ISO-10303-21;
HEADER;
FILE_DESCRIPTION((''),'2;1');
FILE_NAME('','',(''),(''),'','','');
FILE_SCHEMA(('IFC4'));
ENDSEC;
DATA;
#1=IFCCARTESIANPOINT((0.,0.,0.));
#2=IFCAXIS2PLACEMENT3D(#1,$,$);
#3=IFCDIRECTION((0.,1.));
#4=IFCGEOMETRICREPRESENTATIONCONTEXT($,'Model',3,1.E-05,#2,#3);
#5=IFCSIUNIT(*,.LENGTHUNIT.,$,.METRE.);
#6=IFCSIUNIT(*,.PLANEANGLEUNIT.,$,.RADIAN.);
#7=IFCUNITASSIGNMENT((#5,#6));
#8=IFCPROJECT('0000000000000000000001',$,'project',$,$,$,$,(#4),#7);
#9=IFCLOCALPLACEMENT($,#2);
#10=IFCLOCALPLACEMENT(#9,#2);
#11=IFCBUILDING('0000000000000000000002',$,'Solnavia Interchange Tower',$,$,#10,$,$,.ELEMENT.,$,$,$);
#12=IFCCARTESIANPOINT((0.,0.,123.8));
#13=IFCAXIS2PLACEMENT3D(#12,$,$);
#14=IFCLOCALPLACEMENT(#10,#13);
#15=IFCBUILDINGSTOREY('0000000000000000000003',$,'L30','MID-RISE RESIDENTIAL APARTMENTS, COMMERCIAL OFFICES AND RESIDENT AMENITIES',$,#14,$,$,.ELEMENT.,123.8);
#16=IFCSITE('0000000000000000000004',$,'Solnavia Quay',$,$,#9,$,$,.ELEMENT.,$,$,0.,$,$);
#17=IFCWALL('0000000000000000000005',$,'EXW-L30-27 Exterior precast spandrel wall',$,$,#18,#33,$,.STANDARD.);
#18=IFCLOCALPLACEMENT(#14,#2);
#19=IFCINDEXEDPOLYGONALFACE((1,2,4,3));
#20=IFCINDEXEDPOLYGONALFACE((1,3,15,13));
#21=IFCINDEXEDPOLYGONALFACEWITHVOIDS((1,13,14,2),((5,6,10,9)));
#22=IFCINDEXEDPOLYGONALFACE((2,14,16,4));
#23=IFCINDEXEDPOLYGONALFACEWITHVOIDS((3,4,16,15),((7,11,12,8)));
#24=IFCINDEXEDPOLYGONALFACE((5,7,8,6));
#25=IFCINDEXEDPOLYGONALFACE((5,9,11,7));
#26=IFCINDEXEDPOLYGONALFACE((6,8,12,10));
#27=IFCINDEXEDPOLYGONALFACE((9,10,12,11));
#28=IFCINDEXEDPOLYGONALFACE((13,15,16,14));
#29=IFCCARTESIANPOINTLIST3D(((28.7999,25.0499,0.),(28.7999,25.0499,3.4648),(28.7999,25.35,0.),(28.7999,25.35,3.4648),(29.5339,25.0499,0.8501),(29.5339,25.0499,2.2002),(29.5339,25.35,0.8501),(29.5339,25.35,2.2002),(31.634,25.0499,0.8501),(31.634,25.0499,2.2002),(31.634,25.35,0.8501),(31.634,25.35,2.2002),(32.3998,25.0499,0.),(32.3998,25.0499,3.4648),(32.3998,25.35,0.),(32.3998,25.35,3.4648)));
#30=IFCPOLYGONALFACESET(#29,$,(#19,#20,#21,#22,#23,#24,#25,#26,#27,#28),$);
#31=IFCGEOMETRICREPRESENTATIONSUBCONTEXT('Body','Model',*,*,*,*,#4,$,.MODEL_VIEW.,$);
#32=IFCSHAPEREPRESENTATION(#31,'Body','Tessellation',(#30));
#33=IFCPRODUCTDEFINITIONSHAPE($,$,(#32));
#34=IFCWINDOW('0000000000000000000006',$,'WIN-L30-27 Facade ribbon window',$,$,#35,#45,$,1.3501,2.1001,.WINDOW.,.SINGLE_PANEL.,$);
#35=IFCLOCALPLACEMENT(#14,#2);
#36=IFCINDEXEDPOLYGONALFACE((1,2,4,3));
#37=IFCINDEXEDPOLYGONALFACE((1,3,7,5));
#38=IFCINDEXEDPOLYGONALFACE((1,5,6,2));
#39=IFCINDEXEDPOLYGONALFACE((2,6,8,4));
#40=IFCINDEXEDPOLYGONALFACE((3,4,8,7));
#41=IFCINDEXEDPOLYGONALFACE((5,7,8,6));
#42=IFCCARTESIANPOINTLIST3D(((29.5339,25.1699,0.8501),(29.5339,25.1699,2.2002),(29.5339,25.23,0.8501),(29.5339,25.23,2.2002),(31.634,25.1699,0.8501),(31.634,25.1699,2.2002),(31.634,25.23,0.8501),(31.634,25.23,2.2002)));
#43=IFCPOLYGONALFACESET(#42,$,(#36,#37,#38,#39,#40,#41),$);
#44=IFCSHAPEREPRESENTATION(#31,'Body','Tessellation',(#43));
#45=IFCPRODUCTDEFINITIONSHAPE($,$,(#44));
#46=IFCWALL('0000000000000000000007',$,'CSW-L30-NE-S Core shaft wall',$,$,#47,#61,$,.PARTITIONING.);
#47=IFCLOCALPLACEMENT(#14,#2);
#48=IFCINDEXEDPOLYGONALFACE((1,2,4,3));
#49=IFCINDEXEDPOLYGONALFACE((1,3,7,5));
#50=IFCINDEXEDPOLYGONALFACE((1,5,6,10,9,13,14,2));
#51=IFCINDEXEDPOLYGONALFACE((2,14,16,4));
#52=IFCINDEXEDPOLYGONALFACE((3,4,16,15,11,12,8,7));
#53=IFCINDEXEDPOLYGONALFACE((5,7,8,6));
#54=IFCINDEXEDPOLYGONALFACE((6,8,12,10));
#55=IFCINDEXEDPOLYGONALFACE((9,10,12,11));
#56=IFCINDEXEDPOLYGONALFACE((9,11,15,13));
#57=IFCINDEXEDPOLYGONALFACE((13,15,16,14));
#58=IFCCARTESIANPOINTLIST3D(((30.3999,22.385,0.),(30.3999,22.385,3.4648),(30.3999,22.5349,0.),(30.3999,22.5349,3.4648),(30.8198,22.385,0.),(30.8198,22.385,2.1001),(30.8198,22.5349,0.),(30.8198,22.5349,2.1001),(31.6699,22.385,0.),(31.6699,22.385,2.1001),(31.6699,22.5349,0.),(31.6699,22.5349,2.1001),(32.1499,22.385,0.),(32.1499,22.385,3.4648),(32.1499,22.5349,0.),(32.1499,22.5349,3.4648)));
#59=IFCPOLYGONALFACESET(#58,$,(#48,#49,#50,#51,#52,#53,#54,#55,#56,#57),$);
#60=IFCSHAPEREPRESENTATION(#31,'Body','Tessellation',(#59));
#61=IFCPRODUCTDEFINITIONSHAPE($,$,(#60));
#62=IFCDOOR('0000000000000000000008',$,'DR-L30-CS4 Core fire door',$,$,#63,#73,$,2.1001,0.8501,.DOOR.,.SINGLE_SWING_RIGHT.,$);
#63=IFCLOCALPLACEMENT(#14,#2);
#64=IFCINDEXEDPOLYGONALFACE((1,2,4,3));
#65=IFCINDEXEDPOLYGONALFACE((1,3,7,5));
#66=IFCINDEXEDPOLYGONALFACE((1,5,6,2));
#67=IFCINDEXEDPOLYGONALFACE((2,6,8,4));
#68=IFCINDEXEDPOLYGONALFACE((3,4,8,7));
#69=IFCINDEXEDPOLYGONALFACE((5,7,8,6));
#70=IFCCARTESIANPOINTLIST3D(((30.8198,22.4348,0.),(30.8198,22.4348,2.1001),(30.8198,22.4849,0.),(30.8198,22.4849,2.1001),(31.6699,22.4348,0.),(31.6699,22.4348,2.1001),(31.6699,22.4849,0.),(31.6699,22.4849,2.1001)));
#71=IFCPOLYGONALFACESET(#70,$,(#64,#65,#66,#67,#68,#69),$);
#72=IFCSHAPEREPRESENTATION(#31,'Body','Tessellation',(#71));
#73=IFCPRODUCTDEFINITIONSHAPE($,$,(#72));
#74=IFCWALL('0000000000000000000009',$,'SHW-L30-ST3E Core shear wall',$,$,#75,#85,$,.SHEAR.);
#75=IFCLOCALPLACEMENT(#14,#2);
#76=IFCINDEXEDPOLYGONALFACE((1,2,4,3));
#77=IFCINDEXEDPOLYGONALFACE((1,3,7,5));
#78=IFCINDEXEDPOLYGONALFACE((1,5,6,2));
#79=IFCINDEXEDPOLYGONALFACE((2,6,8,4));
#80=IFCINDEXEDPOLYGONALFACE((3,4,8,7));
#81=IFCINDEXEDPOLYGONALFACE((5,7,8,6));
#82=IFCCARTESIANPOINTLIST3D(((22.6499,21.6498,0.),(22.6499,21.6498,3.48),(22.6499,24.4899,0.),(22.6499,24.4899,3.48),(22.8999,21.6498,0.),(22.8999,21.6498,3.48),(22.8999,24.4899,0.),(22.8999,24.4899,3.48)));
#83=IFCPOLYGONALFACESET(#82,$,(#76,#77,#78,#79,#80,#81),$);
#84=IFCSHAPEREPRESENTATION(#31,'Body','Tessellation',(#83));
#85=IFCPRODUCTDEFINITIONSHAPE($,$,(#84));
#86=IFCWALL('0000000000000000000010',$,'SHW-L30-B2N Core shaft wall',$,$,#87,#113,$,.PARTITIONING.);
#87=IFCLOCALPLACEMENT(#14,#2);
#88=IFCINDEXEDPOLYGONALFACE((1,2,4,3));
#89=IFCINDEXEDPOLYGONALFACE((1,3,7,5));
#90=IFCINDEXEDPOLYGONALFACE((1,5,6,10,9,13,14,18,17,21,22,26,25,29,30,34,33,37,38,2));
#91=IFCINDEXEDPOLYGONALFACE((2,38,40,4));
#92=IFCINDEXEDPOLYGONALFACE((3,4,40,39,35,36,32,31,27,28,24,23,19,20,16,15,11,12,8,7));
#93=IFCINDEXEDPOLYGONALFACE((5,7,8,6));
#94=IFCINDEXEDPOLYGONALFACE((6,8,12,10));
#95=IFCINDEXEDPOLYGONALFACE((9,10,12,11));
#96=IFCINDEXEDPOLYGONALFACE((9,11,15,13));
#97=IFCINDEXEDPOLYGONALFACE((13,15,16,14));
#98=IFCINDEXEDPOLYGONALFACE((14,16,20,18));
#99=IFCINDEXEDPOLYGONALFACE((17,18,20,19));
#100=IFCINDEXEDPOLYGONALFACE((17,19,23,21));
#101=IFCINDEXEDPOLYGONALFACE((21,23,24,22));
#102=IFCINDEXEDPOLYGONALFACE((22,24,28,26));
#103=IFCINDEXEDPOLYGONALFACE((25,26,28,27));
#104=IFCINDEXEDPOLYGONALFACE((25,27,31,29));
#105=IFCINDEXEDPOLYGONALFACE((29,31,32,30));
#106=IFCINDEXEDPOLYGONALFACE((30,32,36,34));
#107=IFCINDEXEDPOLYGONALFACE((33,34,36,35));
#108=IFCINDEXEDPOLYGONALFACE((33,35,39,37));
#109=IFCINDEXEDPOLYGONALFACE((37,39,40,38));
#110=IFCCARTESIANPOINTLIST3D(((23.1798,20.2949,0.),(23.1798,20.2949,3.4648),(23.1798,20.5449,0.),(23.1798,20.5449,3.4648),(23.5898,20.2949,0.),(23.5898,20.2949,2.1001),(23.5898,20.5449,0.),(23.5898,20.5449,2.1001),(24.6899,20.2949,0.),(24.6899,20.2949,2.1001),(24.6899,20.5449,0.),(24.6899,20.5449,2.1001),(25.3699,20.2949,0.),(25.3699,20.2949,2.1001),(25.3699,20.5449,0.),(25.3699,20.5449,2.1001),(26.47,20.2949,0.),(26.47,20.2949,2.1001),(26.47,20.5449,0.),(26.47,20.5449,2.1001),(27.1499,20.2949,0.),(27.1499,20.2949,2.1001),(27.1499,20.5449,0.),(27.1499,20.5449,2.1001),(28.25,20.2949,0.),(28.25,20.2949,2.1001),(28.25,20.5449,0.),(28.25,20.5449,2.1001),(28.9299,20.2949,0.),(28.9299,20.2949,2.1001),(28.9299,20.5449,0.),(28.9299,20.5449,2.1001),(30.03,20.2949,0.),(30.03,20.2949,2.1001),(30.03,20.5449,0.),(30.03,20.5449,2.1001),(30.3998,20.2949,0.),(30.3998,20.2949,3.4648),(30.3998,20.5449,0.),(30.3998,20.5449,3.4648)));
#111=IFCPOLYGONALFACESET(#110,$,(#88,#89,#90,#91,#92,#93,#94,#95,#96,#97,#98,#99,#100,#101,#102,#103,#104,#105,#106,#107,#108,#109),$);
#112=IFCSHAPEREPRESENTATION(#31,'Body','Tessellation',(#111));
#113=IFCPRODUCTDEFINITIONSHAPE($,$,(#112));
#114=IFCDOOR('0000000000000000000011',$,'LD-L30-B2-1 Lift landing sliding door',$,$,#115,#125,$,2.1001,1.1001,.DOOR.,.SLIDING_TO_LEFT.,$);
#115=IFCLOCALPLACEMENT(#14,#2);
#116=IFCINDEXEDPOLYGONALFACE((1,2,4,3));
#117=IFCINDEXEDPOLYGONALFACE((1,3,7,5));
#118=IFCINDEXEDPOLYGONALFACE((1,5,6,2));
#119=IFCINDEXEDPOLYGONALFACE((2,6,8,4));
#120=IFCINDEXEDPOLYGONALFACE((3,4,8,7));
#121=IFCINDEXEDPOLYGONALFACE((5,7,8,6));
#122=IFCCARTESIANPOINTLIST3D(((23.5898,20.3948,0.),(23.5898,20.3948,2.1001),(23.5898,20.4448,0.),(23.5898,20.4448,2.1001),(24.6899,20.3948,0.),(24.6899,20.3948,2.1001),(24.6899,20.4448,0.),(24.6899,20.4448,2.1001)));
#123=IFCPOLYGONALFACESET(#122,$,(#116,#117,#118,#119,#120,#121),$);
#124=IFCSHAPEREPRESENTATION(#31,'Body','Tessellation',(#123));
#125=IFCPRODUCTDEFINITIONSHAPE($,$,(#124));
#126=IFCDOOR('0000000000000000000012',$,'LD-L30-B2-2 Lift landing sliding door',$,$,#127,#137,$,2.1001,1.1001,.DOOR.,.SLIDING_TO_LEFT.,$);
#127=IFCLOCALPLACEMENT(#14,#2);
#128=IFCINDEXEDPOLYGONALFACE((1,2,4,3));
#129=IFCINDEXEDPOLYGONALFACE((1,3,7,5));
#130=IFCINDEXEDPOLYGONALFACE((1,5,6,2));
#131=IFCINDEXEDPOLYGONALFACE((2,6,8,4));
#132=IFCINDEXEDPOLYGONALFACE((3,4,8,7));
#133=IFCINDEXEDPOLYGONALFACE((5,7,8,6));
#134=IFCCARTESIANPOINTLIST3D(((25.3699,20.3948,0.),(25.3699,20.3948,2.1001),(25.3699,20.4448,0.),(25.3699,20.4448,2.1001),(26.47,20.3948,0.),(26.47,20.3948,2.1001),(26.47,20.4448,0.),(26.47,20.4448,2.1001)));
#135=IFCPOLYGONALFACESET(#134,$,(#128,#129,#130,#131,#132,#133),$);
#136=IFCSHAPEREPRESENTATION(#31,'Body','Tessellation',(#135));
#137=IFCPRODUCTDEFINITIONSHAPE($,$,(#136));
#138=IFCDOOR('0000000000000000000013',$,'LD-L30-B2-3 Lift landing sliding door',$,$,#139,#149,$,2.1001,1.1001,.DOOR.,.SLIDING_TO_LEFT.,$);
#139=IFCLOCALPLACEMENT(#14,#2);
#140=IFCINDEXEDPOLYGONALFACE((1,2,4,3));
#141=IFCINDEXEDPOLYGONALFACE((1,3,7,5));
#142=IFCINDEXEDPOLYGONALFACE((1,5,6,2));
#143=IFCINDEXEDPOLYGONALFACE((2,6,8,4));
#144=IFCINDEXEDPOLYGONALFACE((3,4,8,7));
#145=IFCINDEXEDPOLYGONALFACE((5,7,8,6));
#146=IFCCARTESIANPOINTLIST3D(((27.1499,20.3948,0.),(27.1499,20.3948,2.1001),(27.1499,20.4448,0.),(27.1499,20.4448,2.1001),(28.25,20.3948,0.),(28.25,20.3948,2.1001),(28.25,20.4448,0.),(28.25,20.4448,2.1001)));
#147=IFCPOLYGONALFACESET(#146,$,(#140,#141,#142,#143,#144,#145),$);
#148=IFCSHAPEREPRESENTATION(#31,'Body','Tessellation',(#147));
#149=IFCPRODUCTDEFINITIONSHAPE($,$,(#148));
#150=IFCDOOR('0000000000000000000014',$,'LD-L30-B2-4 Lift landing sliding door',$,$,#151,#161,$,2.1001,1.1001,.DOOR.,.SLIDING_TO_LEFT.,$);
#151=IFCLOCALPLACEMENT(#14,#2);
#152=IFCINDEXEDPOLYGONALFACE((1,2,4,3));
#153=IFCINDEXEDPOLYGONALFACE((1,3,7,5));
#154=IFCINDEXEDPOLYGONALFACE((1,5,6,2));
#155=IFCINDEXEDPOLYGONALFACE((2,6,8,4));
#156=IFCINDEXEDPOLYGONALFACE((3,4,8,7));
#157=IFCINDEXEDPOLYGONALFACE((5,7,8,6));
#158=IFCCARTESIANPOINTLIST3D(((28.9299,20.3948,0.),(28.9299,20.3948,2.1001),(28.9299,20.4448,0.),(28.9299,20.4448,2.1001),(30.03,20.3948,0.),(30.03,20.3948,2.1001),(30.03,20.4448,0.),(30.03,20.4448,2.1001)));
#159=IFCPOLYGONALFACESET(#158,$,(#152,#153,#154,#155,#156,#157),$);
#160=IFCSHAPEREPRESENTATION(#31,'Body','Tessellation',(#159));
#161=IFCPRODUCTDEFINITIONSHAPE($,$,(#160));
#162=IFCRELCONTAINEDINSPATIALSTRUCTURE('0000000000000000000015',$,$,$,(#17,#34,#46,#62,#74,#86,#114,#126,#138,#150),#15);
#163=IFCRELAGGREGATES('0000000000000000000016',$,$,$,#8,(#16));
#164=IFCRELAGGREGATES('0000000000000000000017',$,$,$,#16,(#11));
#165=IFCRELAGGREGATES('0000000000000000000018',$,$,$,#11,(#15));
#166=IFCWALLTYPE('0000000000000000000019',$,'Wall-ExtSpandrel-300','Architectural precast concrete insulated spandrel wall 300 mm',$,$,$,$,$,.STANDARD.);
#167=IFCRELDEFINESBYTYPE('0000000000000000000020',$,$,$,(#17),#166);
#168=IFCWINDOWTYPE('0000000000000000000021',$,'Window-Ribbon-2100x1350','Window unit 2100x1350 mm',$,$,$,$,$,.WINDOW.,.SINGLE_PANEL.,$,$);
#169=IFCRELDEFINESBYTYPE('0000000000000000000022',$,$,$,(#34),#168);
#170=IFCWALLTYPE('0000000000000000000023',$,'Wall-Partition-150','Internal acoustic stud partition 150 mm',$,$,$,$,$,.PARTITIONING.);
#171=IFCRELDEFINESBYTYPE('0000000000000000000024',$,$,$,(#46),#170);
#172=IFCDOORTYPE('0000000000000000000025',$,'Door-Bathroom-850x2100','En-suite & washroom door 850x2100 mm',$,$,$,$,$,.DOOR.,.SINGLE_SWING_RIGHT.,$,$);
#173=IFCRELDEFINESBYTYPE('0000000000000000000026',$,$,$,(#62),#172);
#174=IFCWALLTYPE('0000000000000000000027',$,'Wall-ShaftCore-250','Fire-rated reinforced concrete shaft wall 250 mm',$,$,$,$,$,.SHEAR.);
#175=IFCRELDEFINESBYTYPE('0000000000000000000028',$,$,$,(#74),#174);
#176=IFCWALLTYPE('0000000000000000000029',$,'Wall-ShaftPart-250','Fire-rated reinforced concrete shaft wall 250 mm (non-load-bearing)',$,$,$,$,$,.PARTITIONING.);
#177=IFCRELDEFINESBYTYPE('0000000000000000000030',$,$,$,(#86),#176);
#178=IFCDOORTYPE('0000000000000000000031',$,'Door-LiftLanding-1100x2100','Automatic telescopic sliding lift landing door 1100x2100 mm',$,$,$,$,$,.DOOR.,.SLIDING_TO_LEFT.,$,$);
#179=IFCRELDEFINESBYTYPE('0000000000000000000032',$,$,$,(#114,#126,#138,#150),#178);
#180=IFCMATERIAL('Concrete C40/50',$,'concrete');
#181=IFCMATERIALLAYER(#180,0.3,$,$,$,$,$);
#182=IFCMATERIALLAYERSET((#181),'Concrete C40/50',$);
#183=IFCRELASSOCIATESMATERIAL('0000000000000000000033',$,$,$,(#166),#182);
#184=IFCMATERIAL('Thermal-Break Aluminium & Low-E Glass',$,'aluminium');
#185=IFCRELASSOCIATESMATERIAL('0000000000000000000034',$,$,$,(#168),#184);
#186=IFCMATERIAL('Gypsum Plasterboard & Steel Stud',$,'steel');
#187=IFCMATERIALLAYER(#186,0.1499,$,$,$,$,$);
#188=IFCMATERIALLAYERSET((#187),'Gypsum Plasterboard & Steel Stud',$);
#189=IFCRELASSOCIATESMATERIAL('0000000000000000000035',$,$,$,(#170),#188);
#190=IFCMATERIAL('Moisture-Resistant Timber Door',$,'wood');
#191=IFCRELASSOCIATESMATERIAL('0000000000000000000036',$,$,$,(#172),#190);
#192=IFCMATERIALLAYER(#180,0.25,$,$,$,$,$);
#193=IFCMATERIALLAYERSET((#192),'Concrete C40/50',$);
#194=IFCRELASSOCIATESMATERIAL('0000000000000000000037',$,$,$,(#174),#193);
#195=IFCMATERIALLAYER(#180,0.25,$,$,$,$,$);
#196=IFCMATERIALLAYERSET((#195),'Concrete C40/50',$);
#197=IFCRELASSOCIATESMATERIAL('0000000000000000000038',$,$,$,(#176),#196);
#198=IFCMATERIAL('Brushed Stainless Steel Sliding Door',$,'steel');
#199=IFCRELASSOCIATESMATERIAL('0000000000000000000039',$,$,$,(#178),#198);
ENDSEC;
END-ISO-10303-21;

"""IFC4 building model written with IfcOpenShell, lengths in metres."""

from ifc_helpers import new_model, si_unit, direction, frame, frame_2d, origin, place, context, subcontext, project, spatial, rectangle, extrude, material, layer, layer_set, type_object, element, fill, save


model = new_model("IFC4")

# Units and contexts
model_context = context("Model", 3, precision=1e-05, world=origin(), true_north=direction((0.0, 1.0)))
body_context = subcontext(model_context, "Body", "Model", "MODEL_VIEW")
ifc_project = project(units=[si_unit("LENGTHUNIT", "METRE"), si_unit("PLANEANGLEUNIT", "RADIAN")], contexts=[model_context])

# Site, building, storey
site_placement = place(None, origin())
site = spatial("IfcSite", under=ifc_project, at=site_placement, Name="Solnavia Quay", CompositionType="ELEMENT", RefElevation=0.0)
building_placement = place(site_placement, origin())
building = spatial("IfcBuilding", under=site, at=building_placement, Name="Solnavia Interchange Tower", CompositionType="ELEMENT")
storey_placement = place(building_placement, frame((0.0, 0.0, 123.8)))
storey = spatial("IfcBuildingStorey", under=building, at=storey_placement, Name="L30", Description="MID-RISE RESIDENTIAL APARTMENTS, COMMERCIAL OFFICES AND RESIDENT AMENITIES", CompositionType="ELEMENT", Elevation=123.8)

# Shared definitions
ifc_material_1 = material(Name="Concrete C40/50", Category="concrete")
ifc_layer_1 = layer(ifc_material_1, 0.3)
ifc_layer_set_1 = layer_set([ifc_layer_1], Name="Concrete C40/50")
wall_type_1 = type_object("IfcWallType", Name="Wall-ExtSpandrel-300", Description="Architectural precast concrete insulated spandrel wall 300 mm", PredefinedType="STANDARD", material=ifc_layer_set_1)

# Wall, opening, window
wall_1_placement = place(storey_placement, frame((28.8, 25.2, 0.0), z_axis=(0.0, 0.0, 1.0), x_axis=(1.0, 0.0, 0.0)))
wall_1 = element("IfcWall", 1, at=wall_1_placement, inside=storey, type_object=wall_type_1, Name="EXW-L30-27 Exterior precast spandrel wall", PredefinedType="STANDARD", context=body_context, shape_type="SweptSolid", body=[
    extrude(rectangle(XDim=3.5999, YDim=0.3, at=frame_2d((1.7998, 0.0))), origin(), (0.0, 0.0, 1.0), 3.4648),
])
opening_1_placement = place(wall_1_placement, frame((0.7339, 0.0, 0.8501)))
opening_1 = element("IfcOpeningElement", 2, at=opening_1_placement, cuts=wall_1, PredefinedType="OPENING", context=body_context, shape_type="SweptSolid", body=[
    extrude(rectangle(XDim=2.1001, YDim=1.3501, at=frame_2d((1.05, 0.675))), frame((0.0, 0.1602, 0.0), z_axis=(0.0, -1.0, 0.0), x_axis=(1.0, 0.0, 0.0)), (0.0, 0.0, 1.0), 0.3201),
])
ifc_material_2 = material(Name="Thermal-Break Aluminium & Low-E Glass", Category="aluminium")
window_type = type_object("IfcWindowType", Name="Window-Ribbon-2100x1350", Description="Window unit 2100x1350 mm", PartitioningType="SINGLE_PANEL", PredefinedType="WINDOW", material=ifc_material_2)
window_placement = place(opening_1_placement, origin())
window = element("IfcWindow", 3, at=window_placement, inside=storey, type_object=window_type, Name="WIN-L30-27 Facade ribbon window", OverallHeight=1.3501, OverallWidth=2.1001, PartitioningType="SINGLE_PANEL", PredefinedType="WINDOW", context=body_context, shape_type="SweptSolid", body=[
    extrude(rectangle(XDim=2.1001, YDim=1.3501, at=frame_2d((1.05, 0.675))), frame((0.0, 0.03, 0.0), z_axis=(0.0, -1.0, 0.0), x_axis=(1.0, 0.0, 0.0)), (0.0, 0.0, 1.0), 0.0601),
])
fill(opening_1, window)

# Wall, opening, door
ifc_material_3 = material(Name="Gypsum Plasterboard & Steel Stud", Category="steel")
ifc_layer_2 = layer(ifc_material_3, 0.1499)
ifc_layer_set_2 = layer_set([ifc_layer_2], Name="Gypsum Plasterboard & Steel Stud")
wall_type_2 = type_object("IfcWallType", Name="Wall-Partition-150", Description="Internal acoustic stud partition 150 mm", PredefinedType="PARTITIONING", material=ifc_layer_set_2)
wall_2_placement = place(storey_placement, frame((30.3999, 22.46, 0.0), z_axis=(0.0, 0.0, 1.0), x_axis=(1.0, 0.0, 0.0)))
wall_2 = element("IfcWall", 4, at=wall_2_placement, inside=storey, type_object=wall_type_2, Name="CSW-L30-NE-S Core shaft wall", PredefinedType="PARTITIONING", context=body_context, shape_type="SweptSolid", body=[
    extrude(rectangle(XDim=1.75, YDim=0.1499, at=frame_2d((0.875, 0.0))), origin(), (0.0, 0.0, 1.0), 3.4648),
])
opening_2_placement = place(wall_2_placement, frame((0.4199, 0.0, 0.0)))
opening_2 = element("IfcOpeningElement", 5, at=opening_2_placement, cuts=wall_2, PredefinedType="OPENING", context=body_context, shape_type="SweptSolid", body=[
    extrude(rectangle(XDim=0.8501, YDim=2.1001, at=frame_2d((0.425, 1.05))), frame((0.0, 0.085, 0.0), z_axis=(0.0, -1.0, 0.0), x_axis=(1.0, 0.0, 0.0)), (0.0, 0.0, 1.0), 0.1699),
])
ifc_material_4 = material(Name="Moisture-Resistant Timber Door", Category="wood")
door_type_1 = type_object("IfcDoorType", Name="Door-Bathroom-850x2100", Description="En-suite & washroom door 850x2100 mm", OperationType="SINGLE_SWING_RIGHT", PredefinedType="DOOR", material=ifc_material_4)
door_1_placement = place(opening_2_placement, origin())
door_1 = element("IfcDoor", 6, at=door_1_placement, inside=storey, type_object=door_type_1, Name="DR-L30-CS4 Core fire door", OperationType="SINGLE_SWING_RIGHT", OverallHeight=2.1001, OverallWidth=0.8501, PredefinedType="DOOR", context=body_context, shape_type="SweptSolid", body=[
    extrude(rectangle(XDim=0.8501, YDim=2.1001, at=frame_2d((0.425, 1.05))), frame((0.0, 0.0249, 0.0), z_axis=(0.0, -1.0, 0.0), x_axis=(1.0, 0.0, 0.0)), (0.0, 0.0, 1.0), 0.05),
])
fill(opening_2, door_1)

# Wall
ifc_layer_3 = layer(ifc_material_1, 0.25)
ifc_layer_set_3 = layer_set([ifc_layer_3], Name="Concrete C40/50")
wall_type_3 = type_object("IfcWallType", Name="Wall-ShaftCore-250", Description="Fire-rated reinforced concrete shaft wall 250 mm", PredefinedType="SHEAR", material=ifc_layer_set_3)
wall_3_placement = place(storey_placement, frame((22.7749, 21.6499, 0.0), z_axis=(0.0, 0.0, 1.0), x_axis=(0.0, 1.0, 0.0)))
element("IfcWall", 7, at=wall_3_placement, inside=storey, type_object=wall_type_3, Name="SHW-L30-ST3E Core shear wall", PredefinedType="SHEAR", context=body_context, shape_type="SweptSolid", body=[
    extrude(rectangle(XDim=2.8401, YDim=0.25, at=frame_2d((1.4199, 0.0))), origin(), (0.0, 0.0, 1.0), 3.48),
])

# Wall, openings, doors
ifc_layer_4 = layer(ifc_material_1, 0.25)
ifc_layer_set_4 = layer_set([ifc_layer_4], Name="Concrete C40/50")
wall_type_4 = type_object("IfcWallType", Name="Wall-ShaftPart-250", Description="Fire-rated reinforced concrete shaft wall 250 mm (non-load-bearing)", PredefinedType="PARTITIONING", material=ifc_layer_set_4)
wall_4_placement = place(storey_placement, frame((23.1799, 20.4199, 0.0), z_axis=(0.0, 0.0, 1.0), x_axis=(1.0, 0.0, 0.0)))
wall_4 = element("IfcWall", 8, at=wall_4_placement, inside=storey, type_object=wall_type_4, Name="SHW-L30-B2N Core shaft wall", PredefinedType="PARTITIONING", context=body_context, shape_type="SweptSolid", body=[
    extrude(rectangle(XDim=7.22, YDim=0.25, at=frame_2d((3.6099, 0.0))), origin(), (0.0, 0.0, 1.0), 3.4648),
])
opening_3_placement = place(wall_4_placement, frame((0.4099, 0.0, 0.0)))
opening_3 = element("IfcOpeningElement", 9, at=opening_3_placement, cuts=wall_4, PredefinedType="OPENING", context=body_context, shape_type="SweptSolid", body=[
    extrude(rectangle(XDim=1.1001, YDim=2.1001, at=frame_2d((0.55, 1.05))), frame((0.0, 0.135, 0.0), z_axis=(0.0, -1.0, 0.0), x_axis=(1.0, 0.0, 0.0)), (0.0, 0.0, 1.0), 0.27),
])
opening_4_placement = place(wall_4_placement, frame((2.1899, 0.0, 0.0)))
opening_4 = element("IfcOpeningElement", 10, at=opening_4_placement, cuts=wall_4, PredefinedType="OPENING", context=body_context, shape_type="SweptSolid", body=[
    extrude(rectangle(XDim=1.1001, YDim=2.1001, at=frame_2d((0.55, 1.05))), frame((0.0, 0.135, 0.0), z_axis=(0.0, -1.0, 0.0), x_axis=(1.0, 0.0, 0.0)), (0.0, 0.0, 1.0), 0.27),
])
opening_5_placement = place(wall_4_placement, frame((3.97, 0.0, 0.0)))
opening_5 = element("IfcOpeningElement", 11, at=opening_5_placement, cuts=wall_4, PredefinedType="OPENING", context=body_context, shape_type="SweptSolid", body=[
    extrude(rectangle(XDim=1.1001, YDim=2.1001, at=frame_2d((0.55, 1.05))), frame((0.0, 0.135, 0.0), z_axis=(0.0, -1.0, 0.0), x_axis=(1.0, 0.0, 0.0)), (0.0, 0.0, 1.0), 0.27),
])
opening_6_placement = place(wall_4_placement, frame((5.75, 0.0, 0.0)))
opening_6 = element("IfcOpeningElement", 12, at=opening_6_placement, cuts=wall_4, PredefinedType="OPENING", context=body_context, shape_type="SweptSolid", body=[
    extrude(rectangle(XDim=1.1001, YDim=2.1001, at=frame_2d((0.55, 1.05))), frame((0.0, 0.135, 0.0), z_axis=(0.0, -1.0, 0.0), x_axis=(1.0, 0.0, 0.0)), (0.0, 0.0, 1.0), 0.27),
])
ifc_material_5 = material(Name="Brushed Stainless Steel Sliding Door", Category="steel")
door_type_2 = type_object("IfcDoorType", Name="Door-LiftLanding-1100x2100", Description="Automatic telescopic sliding lift landing door 1100x2100 mm", OperationType="SLIDING_TO_LEFT", PredefinedType="DOOR", material=ifc_material_5)
door_2_placement = place(opening_3_placement, origin())
door_2 = element("IfcDoor", 13, at=door_2_placement, inside=storey, type_object=door_type_2, Name="LD-L30-B2-1 Lift landing sliding door", OperationType="SLIDING_TO_LEFT", OverallHeight=2.1001, OverallWidth=1.1001, PredefinedType="DOOR", context=body_context, shape_type="SweptSolid", body=[
    extrude(rectangle(XDim=1.1001, YDim=2.1001, at=frame_2d((0.55, 1.05))), frame((0.0, 0.0249, 0.0), z_axis=(0.0, -1.0, 0.0), x_axis=(1.0, 0.0, 0.0)), (0.0, 0.0, 1.0), 0.05),
])
fill(opening_3, door_2)
door_3_placement = place(opening_4_placement, origin())
door_3 = element("IfcDoor", 14, at=door_3_placement, inside=storey, type_object=door_type_2, Name="LD-L30-B2-2 Lift landing sliding door", OperationType="SLIDING_TO_LEFT", OverallHeight=2.1001, OverallWidth=1.1001, PredefinedType="DOOR", context=body_context, shape_type="SweptSolid", body=[
    extrude(rectangle(XDim=1.1001, YDim=2.1001, at=frame_2d((0.55, 1.05))), frame((0.0, 0.0249, 0.0), z_axis=(0.0, -1.0, 0.0), x_axis=(1.0, 0.0, 0.0)), (0.0, 0.0, 1.0), 0.05),
])
fill(opening_4, door_3)
door_4_placement = place(opening_5_placement, origin())
door_4 = element("IfcDoor", 15, at=door_4_placement, inside=storey, type_object=door_type_2, Name="LD-L30-B2-3 Lift landing sliding door", OperationType="SLIDING_TO_LEFT", OverallHeight=2.1001, OverallWidth=1.1001, PredefinedType="DOOR", context=body_context, shape_type="SweptSolid", body=[
    extrude(rectangle(XDim=1.1001, YDim=2.1001, at=frame_2d((0.55, 1.05))), frame((0.0, 0.0249, 0.0), z_axis=(0.0, -1.0, 0.0), x_axis=(1.0, 0.0, 0.0)), (0.0, 0.0, 1.0), 0.05),
])
fill(opening_5, door_4)
door_5_placement = place(opening_6_placement, origin())
door_5 = element("IfcDoor", 16, at=door_5_placement, inside=storey, type_object=door_type_2, Name="LD-L30-B2-4 Lift landing sliding door", OperationType="SLIDING_TO_LEFT", OverallHeight=2.1001, OverallWidth=1.1001, PredefinedType="DOOR", context=body_context, shape_type="SweptSolid", body=[
    extrude(rectangle(XDim=1.1001, YDim=2.1001, at=frame_2d((0.55, 1.05))), frame((0.0, 0.0249, 0.0), z_axis=(0.0, -1.0, 0.0), x_axis=(1.0, 0.0, 0.0)), (0.0, 0.0, 1.0), 0.05),
])
fill(opening_6, door_5)

save(model, "model.ifc")
